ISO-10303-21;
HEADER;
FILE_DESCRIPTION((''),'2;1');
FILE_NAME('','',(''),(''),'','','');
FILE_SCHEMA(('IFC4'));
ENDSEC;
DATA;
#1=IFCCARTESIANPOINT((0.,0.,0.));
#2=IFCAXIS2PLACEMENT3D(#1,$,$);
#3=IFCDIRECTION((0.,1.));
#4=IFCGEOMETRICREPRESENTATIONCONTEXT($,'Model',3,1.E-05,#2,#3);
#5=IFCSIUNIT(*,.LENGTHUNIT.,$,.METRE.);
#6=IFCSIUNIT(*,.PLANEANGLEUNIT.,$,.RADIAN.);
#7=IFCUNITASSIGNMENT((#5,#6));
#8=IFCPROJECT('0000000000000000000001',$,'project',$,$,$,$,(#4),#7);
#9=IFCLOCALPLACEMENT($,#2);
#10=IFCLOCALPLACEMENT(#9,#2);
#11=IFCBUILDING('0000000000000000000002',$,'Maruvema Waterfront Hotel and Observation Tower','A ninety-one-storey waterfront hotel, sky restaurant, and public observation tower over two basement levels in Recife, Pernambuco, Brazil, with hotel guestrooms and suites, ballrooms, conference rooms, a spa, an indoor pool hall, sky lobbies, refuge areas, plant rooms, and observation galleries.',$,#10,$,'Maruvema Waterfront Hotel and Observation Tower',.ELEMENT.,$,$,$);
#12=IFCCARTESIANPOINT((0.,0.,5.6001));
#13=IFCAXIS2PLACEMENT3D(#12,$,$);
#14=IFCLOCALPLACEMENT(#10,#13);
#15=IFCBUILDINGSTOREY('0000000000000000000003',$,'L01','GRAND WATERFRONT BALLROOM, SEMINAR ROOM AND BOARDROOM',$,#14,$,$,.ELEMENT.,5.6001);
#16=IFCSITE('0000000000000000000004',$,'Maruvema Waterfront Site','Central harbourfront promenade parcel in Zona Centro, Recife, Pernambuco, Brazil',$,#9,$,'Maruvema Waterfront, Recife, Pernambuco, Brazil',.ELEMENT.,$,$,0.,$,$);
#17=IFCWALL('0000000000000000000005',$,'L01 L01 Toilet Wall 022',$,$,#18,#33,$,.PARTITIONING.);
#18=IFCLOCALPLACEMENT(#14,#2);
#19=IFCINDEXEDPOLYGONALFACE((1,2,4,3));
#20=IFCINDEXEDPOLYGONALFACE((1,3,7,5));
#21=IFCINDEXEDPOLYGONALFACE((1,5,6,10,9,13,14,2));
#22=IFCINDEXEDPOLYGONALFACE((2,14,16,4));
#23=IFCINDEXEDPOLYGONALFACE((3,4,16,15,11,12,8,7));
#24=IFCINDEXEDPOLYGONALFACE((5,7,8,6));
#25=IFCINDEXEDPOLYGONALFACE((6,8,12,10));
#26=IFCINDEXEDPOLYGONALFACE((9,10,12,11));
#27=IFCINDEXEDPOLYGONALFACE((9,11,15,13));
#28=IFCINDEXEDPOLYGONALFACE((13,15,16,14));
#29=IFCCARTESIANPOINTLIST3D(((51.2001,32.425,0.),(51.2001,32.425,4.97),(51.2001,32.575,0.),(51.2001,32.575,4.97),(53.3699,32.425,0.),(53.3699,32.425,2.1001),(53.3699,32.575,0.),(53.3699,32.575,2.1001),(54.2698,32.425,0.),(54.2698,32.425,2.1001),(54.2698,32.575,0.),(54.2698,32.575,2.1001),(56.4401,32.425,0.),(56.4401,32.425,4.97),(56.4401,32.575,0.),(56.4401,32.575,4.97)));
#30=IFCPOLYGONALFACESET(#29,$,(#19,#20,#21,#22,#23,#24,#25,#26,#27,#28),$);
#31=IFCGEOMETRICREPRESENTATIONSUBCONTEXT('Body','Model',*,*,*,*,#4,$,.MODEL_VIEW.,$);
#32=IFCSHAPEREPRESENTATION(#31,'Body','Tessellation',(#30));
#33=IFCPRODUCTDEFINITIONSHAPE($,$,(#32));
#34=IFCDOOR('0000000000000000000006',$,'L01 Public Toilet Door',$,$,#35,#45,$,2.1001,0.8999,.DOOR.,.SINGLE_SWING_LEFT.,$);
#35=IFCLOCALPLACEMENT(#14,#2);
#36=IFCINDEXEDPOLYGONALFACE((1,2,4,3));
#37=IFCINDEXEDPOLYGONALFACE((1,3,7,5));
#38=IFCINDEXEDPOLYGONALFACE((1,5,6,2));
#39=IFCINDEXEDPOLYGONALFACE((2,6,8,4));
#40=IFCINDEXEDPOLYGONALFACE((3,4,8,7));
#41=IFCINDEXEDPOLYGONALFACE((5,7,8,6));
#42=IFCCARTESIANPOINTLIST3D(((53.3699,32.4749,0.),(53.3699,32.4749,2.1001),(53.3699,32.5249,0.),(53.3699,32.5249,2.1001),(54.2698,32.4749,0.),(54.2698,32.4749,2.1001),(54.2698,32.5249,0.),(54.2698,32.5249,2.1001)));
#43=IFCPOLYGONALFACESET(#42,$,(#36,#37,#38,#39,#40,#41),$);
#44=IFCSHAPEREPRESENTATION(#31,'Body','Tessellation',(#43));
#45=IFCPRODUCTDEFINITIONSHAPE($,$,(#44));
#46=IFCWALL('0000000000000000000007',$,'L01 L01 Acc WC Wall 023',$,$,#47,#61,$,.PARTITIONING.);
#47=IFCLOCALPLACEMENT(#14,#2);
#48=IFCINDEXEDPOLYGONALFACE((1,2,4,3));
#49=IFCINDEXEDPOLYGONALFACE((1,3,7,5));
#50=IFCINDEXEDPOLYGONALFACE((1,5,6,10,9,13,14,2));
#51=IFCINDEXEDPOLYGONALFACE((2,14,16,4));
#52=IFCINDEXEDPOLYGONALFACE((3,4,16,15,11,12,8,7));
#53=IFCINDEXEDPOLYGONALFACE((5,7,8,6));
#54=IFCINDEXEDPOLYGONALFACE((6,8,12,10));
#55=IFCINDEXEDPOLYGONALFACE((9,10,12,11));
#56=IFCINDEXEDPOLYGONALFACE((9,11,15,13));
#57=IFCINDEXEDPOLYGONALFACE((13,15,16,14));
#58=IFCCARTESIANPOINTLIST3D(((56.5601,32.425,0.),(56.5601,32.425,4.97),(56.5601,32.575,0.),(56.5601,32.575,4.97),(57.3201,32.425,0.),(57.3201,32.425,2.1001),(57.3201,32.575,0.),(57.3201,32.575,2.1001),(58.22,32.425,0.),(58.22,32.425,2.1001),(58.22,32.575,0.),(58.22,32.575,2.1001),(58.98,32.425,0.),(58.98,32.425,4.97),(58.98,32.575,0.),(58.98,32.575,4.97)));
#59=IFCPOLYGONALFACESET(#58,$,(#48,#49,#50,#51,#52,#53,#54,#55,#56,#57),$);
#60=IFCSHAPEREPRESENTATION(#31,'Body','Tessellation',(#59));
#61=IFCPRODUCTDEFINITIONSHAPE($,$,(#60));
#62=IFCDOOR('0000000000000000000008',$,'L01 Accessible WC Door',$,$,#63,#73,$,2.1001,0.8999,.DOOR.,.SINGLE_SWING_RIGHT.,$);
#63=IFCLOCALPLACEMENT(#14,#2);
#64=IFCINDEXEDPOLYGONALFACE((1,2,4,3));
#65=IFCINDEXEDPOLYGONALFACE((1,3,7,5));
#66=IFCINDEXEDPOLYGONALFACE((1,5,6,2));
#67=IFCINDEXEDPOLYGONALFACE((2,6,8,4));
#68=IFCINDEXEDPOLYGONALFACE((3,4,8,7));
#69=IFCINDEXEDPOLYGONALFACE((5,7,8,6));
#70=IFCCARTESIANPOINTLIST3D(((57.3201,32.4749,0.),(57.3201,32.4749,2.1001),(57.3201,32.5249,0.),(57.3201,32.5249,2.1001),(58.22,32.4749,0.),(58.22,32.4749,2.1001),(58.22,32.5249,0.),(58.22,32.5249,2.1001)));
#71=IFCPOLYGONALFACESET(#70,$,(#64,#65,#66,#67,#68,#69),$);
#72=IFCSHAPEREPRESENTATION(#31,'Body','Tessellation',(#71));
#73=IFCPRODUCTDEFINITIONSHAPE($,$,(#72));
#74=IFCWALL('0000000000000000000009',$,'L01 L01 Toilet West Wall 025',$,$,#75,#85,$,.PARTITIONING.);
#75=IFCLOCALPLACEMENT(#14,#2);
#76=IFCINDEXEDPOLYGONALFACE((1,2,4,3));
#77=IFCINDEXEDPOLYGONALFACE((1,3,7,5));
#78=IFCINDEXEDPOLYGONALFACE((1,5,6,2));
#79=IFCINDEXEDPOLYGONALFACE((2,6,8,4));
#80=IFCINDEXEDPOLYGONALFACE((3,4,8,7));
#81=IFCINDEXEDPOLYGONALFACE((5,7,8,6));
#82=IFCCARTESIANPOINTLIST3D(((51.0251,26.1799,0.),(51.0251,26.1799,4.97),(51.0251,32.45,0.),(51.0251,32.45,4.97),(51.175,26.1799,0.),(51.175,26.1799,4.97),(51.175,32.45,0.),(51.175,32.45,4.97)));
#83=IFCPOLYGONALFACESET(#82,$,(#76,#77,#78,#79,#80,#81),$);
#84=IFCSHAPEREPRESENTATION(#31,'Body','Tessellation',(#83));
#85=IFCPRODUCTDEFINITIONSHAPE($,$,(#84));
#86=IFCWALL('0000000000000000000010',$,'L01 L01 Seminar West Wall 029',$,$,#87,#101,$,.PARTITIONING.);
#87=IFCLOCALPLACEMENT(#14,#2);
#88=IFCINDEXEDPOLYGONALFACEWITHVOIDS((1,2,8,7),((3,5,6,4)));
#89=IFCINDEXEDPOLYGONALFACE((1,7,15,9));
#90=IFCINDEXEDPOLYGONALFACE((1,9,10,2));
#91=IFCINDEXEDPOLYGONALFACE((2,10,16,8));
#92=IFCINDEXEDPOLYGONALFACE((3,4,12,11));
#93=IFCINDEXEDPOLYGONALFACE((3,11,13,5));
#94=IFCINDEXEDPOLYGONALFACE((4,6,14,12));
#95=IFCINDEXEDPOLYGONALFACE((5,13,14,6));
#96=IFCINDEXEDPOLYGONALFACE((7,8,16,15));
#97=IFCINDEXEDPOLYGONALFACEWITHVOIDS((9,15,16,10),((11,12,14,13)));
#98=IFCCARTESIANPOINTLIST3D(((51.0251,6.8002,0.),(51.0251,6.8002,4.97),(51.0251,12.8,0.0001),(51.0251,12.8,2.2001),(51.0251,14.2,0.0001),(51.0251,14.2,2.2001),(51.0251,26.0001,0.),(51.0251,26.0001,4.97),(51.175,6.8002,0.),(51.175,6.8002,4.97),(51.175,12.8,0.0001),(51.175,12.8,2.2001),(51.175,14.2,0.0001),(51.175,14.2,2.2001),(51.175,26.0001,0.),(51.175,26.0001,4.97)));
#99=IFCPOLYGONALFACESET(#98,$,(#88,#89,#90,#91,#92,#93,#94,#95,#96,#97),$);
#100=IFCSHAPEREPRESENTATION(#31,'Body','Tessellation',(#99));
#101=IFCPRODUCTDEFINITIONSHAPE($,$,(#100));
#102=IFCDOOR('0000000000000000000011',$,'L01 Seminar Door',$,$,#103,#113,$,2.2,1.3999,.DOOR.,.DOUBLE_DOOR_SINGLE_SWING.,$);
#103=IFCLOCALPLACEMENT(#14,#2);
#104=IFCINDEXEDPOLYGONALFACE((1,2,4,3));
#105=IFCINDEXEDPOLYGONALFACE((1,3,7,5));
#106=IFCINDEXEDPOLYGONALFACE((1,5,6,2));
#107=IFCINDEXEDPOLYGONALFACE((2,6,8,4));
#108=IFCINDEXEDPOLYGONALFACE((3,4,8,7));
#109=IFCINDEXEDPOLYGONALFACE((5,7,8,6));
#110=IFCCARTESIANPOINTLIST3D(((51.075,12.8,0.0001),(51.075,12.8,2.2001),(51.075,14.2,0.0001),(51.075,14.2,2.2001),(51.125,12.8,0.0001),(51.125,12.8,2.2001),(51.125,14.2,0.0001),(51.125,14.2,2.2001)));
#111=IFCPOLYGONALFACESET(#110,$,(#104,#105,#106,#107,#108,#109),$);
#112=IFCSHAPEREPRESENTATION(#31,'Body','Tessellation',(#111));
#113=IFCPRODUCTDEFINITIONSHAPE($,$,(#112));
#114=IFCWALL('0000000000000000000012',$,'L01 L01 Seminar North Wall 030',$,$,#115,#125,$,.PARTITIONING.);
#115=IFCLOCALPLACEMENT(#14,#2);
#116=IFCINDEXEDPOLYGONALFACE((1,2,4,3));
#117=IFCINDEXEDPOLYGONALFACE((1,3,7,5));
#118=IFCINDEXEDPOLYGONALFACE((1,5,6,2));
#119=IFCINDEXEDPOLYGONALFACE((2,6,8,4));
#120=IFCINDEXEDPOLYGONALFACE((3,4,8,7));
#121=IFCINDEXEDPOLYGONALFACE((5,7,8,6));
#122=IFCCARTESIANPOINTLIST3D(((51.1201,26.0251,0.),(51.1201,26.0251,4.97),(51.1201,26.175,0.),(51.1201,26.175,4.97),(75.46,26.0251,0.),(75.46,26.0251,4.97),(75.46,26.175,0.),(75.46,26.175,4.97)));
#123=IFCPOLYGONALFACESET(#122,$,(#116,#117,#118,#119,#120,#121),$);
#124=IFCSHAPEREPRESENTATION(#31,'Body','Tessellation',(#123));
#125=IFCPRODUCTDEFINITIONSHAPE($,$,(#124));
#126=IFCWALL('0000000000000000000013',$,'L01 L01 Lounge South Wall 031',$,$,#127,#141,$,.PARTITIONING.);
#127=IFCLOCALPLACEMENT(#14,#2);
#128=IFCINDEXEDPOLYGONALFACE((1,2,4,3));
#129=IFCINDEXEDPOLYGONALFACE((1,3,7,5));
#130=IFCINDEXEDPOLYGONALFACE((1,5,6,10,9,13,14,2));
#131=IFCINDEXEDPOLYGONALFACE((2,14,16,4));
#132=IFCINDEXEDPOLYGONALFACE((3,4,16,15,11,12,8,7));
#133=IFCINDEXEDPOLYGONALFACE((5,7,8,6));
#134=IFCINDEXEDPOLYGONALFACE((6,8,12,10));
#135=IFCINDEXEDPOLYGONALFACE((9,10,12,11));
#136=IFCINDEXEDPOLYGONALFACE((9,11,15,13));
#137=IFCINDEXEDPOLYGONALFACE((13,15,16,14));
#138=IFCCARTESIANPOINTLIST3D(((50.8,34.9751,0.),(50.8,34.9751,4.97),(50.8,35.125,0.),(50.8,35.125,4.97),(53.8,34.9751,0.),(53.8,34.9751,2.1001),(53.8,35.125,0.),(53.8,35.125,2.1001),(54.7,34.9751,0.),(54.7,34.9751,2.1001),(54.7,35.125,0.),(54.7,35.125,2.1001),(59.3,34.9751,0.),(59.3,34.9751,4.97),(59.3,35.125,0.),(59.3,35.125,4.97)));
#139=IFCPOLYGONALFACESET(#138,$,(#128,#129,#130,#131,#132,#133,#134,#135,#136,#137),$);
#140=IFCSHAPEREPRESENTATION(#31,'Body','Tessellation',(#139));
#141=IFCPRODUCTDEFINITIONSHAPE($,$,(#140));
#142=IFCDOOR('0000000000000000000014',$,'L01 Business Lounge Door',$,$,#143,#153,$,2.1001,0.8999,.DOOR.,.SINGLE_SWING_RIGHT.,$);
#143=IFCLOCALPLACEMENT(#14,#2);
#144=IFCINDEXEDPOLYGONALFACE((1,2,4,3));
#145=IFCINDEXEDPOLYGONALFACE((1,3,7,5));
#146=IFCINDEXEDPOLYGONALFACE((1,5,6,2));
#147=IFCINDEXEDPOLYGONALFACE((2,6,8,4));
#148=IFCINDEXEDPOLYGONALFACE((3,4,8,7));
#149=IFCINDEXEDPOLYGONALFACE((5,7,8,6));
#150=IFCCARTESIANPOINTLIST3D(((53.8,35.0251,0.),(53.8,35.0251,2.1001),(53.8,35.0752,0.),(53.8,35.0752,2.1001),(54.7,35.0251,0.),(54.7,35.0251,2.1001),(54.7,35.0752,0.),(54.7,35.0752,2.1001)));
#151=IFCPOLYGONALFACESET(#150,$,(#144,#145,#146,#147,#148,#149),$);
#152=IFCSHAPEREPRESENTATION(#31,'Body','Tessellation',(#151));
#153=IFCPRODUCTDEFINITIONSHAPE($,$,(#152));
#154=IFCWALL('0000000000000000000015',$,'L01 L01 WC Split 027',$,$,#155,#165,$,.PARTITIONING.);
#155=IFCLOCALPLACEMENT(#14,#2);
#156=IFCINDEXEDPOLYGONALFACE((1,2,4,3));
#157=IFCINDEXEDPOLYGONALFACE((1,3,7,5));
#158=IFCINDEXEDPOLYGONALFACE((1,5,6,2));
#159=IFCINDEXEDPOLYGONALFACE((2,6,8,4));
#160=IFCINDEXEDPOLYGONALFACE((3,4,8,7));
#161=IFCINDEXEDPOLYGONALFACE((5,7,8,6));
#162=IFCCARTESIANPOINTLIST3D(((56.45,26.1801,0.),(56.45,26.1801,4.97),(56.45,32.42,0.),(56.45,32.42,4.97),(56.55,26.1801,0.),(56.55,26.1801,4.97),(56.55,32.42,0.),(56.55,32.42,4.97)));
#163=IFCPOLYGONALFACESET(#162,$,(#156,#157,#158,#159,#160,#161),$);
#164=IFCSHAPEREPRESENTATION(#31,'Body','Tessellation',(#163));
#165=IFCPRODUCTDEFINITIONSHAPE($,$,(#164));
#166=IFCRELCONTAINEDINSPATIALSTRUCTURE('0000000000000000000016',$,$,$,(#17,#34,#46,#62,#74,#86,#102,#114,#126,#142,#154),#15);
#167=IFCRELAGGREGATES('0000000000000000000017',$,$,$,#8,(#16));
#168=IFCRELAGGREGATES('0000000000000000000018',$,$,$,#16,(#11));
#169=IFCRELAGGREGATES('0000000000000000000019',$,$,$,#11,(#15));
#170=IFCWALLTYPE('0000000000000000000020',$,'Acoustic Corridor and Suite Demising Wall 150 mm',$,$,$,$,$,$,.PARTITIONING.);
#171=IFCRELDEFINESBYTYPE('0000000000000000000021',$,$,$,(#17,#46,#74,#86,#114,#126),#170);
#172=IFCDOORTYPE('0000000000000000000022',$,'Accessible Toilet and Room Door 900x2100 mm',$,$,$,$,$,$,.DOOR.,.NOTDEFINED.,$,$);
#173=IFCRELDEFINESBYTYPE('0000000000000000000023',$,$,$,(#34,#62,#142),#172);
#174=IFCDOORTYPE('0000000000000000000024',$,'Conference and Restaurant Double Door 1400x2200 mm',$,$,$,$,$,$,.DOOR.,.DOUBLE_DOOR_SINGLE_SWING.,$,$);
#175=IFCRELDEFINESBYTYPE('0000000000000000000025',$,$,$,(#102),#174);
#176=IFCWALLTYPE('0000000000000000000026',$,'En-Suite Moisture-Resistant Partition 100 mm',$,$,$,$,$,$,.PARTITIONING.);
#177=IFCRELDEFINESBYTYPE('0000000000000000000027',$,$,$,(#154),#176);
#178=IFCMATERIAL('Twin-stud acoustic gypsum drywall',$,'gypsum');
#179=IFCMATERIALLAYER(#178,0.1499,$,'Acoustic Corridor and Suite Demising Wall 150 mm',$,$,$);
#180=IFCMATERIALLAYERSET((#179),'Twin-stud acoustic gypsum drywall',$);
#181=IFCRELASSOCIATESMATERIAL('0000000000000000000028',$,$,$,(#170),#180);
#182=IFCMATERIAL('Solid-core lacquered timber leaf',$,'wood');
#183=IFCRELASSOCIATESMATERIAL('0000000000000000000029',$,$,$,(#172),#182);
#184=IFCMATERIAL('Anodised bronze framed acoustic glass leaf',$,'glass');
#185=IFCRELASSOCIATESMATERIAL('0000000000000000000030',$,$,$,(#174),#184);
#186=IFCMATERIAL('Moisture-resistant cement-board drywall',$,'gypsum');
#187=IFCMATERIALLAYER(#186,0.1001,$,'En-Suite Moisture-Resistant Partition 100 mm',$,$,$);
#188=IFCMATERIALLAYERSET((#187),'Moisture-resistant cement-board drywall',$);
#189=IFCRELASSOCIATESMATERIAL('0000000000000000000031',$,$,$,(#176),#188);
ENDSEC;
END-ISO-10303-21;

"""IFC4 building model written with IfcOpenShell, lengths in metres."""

from ifc_helpers import new_model, si_unit, direction, frame, frame_2d, origin, place, context, subcontext, project, spatial, rectangle, extrude, material, layer, layer_set, type_object, element, fill, save


model = new_model("IFC4")

# Units and contexts
model_context = context("Model", 3, precision=1e-05, world=origin(), true_north=direction((0.0, 1.0)))
body_context = subcontext(model_context, "Body", "Model", "MODEL_VIEW")
ifc_project = project(units=[si_unit("LENGTHUNIT", "METRE"), si_unit("PLANEANGLEUNIT", "RADIAN")], contexts=[model_context])

# Site, building, storey
site_placement = place(None, origin())
site = spatial("IfcSite", under=ifc_project, at=site_placement, Name="Maruvema Waterfront Site", Description="Central harbourfront promenade parcel in Zona Centro, Recife, Pernambuco, Brazil", LongName="Maruvema Waterfront, Recife, Pernambuco, Brazil", CompositionType="ELEMENT", RefElevation=0.0)
building_placement = place(site_placement, origin())
building = spatial("IfcBuilding", under=site, at=building_placement, Name="Maruvema Waterfront Hotel and Observation Tower", Description="A ninety-one-storey waterfront hotel, sky restaurant, and public observation tower over two basement levels in Recife, Pernambuco, Brazil, with hotel guestrooms and suites, ballrooms, conference rooms, a spa, an indoor pool hall, sky lobbies, refuge areas, plant rooms, and observation galleries.", LongName="Maruvema Waterfront Hotel and Observation Tower", CompositionType="ELEMENT")
storey_placement = place(building_placement, frame((0.0, 0.0, 5.6001)))
storey = spatial("IfcBuildingStorey", under=building, at=storey_placement, Name="L01", Description="GRAND WATERFRONT BALLROOM, SEMINAR ROOM AND BOARDROOM", CompositionType="ELEMENT", Elevation=5.6001)

# Walls, openings, doors
ifc_material_1 = material(Name="Twin-stud acoustic gypsum drywall", Category="gypsum")
ifc_layer_1 = layer(ifc_material_1, 0.1499, Name="Acoustic Corridor and Suite Demising Wall 150 mm")
ifc_layer_set_1 = layer_set([ifc_layer_1], Name="Twin-stud acoustic gypsum drywall")
wall_type_1 = type_object("IfcWallType", Name="Acoustic Corridor and Suite Demising Wall 150 mm", PredefinedType="PARTITIONING", material=ifc_layer_set_1)
wall_1_placement = place(storey_placement, frame((51.2, 32.5, 0.0), z_axis=(0.0, 0.0, 1.0), x_axis=(1.0, 0.0, 0.0)))
wall_1 = element("IfcWall", 1, at=wall_1_placement, inside=storey, type_object=wall_type_1, Name="L01 L01 Toilet Wall 022", PredefinedType="PARTITIONING", context=body_context, shape_type="SweptSolid", body=[
    extrude(rectangle(XDim=5.24, YDim=0.1499, at=frame_2d((2.6201, 0.0))), origin(), (0.0, 0.0, 1.0), 4.97),
])
opening_1_placement = place(wall_1_placement, frame((2.1699, 0.0, 0.0)))
opening_1 = element("IfcOpeningElement", 2, at=opening_1_placement, cuts=wall_1, PredefinedType="OPENING", context=body_context, shape_type="SweptSolid", body=[
    extrude(rectangle(XDim=0.8999, YDim=2.1001, at=frame_2d((0.45, 1.05))), frame((0.0, 0.085, 0.0), z_axis=(0.0, -1.0, 0.0), x_axis=(1.0, 0.0, 0.0)), (0.0, 0.0, 1.0), 0.1699),
])
ifc_material_2 = material(Name="Solid-core lacquered timber leaf", Category="wood")
door_type_1 = type_object("IfcDoorType", Name="Accessible Toilet and Room Door 900x2100 mm", OperationType="NOTDEFINED", PredefinedType="DOOR", material=ifc_material_2)
door_1_placement = place(opening_1_placement, origin())
door_1 = element("IfcDoor", 3, at=door_1_placement, inside=storey, type_object=door_type_1, Name="L01 Public Toilet Door", OperationType="SINGLE_SWING_LEFT", OverallHeight=2.1001, OverallWidth=0.8999, PredefinedType="DOOR", context=body_context, shape_type="SweptSolid", body=[
    extrude(rectangle(XDim=0.8999, YDim=2.1001, at=frame_2d((0.45, 1.05))), frame((0.0, 0.0249, 0.0), z_axis=(0.0, -1.0, 0.0), x_axis=(1.0, 0.0, 0.0)), (0.0, 0.0, 1.0), 0.05),
])
fill(opening_1, door_1)
wall_2_placement = place(storey_placement, frame((56.5601, 32.5, 0.0), z_axis=(0.0, 0.0, 1.0), x_axis=(1.0, 0.0, 0.0)))
wall_2 = element("IfcWall", 4, at=wall_2_placement, inside=storey, type_object=wall_type_1, Name="L01 L01 Acc WC Wall 023", PredefinedType="PARTITIONING", context=body_context, shape_type="SweptSolid", body=[
    extrude(rectangle(XDim=2.4199, YDim=0.1499, at=frame_2d((1.21, 0.0))), origin(), (0.0, 0.0, 1.0), 4.97),
])
opening_2_placement = place(wall_2_placement, frame((0.76, 0.0, 0.0)))
opening_2 = element("IfcOpeningElement", 5, at=opening_2_placement, cuts=wall_2, PredefinedType="OPENING", context=body_context, shape_type="SweptSolid", body=[
    extrude(rectangle(XDim=0.8999, YDim=2.1001, at=frame_2d((0.45, 1.05))), frame((0.0, 0.085, 0.0), z_axis=(0.0, -1.0, 0.0), x_axis=(1.0, 0.0, 0.0)), (0.0, 0.0, 1.0), 0.1699),
])
door_2_placement = place(opening_2_placement, origin())
door_2 = element("IfcDoor", 6, at=door_2_placement, inside=storey, type_object=door_type_1, Name="L01 Accessible WC Door", OperationType="SINGLE_SWING_RIGHT", OverallHeight=2.1001, OverallWidth=0.8999, PredefinedType="DOOR", context=body_context, shape_type="SweptSolid", body=[
    extrude(rectangle(XDim=0.8999, YDim=2.1001, at=frame_2d((0.45, 1.05))), frame((0.0, 0.0249, 0.0), z_axis=(0.0, -1.0, 0.0), x_axis=(1.0, 0.0, 0.0)), (0.0, 0.0, 1.0), 0.05),
])
fill(opening_2, door_2)

# Wall
wall_3_placement = place(storey_placement, frame((51.1001, 26.1799, 0.0), z_axis=(0.0, 0.0, 1.0), x_axis=(0.0, 1.0, 0.0)))
element("IfcWall", 7, at=wall_3_placement, inside=storey, type_object=wall_type_1, Name="L01 L01 Toilet West Wall 025", PredefinedType="PARTITIONING", context=body_context, shape_type="SweptSolid", body=[
    extrude(rectangle(XDim=6.27, YDim=0.1499, at=frame_2d((3.135, 0.0))), origin(), (0.0, 0.0, 1.0), 4.97),
])

# Wall, opening, door
wall_4_placement = place(storey_placement, frame((51.1001, 6.8, 0.0), z_axis=(0.0, 0.0, 1.0), x_axis=(0.0, 1.0, 0.0)))
wall_4 = element("IfcWall", 8, at=wall_4_placement, inside=storey, type_object=wall_type_1, Name="L01 L01 Seminar West Wall 029", PredefinedType="PARTITIONING", context=body_context, shape_type="SweptSolid", body=[
    extrude(rectangle(XDim=19.2, YDim=0.1499, at=frame_2d((9.6001, 0.0))), origin(), (0.0, 0.0, 1.0), 4.97),
])
opening_3_placement = place(wall_4_placement, frame((6.0, 0.0, 0.0)))
opening_3 = element("IfcOpeningElement", 9, at=opening_3_placement, cuts=wall_4, PredefinedType="OPENING", context=body_context, shape_type="SweptSolid", body=[
    extrude(rectangle(XDim=1.3999, YDim=2.2, at=frame_2d((0.7, 1.1001))), frame((0.0, 0.085, 0.0), z_axis=(0.0, -1.0, 0.0), x_axis=(1.0, 0.0, 0.0)), (0.0, 0.0, 1.0), 0.1699),
])
ifc_material_3 = material(Name="Anodised bronze framed acoustic glass leaf", Category="glass")
door_type_2 = type_object("IfcDoorType", Name="Conference and Restaurant Double Door 1400x2200 mm", OperationType="DOUBLE_DOOR_SINGLE_SWING", PredefinedType="DOOR", material=ifc_material_3)
door_3_placement = place(opening_3_placement, frame((1.3999, 0.0, 0.0), z_axis=(0.0, 0.0, 1.0), x_axis=(-1.0, 0.0, 0.0)))
door_3 = element("IfcDoor", 10, at=door_3_placement, inside=storey, type_object=door_type_2, Name="L01 Seminar Door", OperationType="DOUBLE_DOOR_SINGLE_SWING", OverallHeight=2.2, OverallWidth=1.3999, PredefinedType="DOOR", context=body_context, shape_type="SweptSolid", body=[
    extrude(rectangle(XDim=1.3999, YDim=2.2, at=frame_2d((0.7, 1.1001))), frame((0.0, 0.0249, 0.0), z_axis=(0.0, -1.0, 0.0), x_axis=(1.0, 0.0, 0.0)), (0.0, 0.0, 1.0), 0.05),
])
fill(opening_3, door_3)

# Wall
wall_5_placement = place(storey_placement, frame((51.1201, 26.1001, 0.0), z_axis=(0.0, 0.0, 1.0), x_axis=(1.0, 0.0, 0.0)))
element("IfcWall", 11, at=wall_5_placement, inside=storey, type_object=wall_type_1, Name="L01 L01 Seminar North Wall 030", PredefinedType="PARTITIONING", context=body_context, shape_type="SweptSolid", body=[
    extrude(rectangle(XDim=24.3398, YDim=0.1499, at=frame_2d((12.1699, 0.0))), origin(), (0.0, 0.0, 1.0), 4.97),
])

# Wall, opening, door
wall_6_placement = place(storey_placement, frame((50.8, 35.05, 0.0), z_axis=(0.0, 0.0, 1.0), x_axis=(1.0, 0.0, 0.0)))
wall_6 = element("IfcWall", 12, at=wall_6_placement, inside=storey, type_object=wall_type_1, Name="L01 L01 Lounge South Wall 031", PredefinedType="PARTITIONING", context=body_context, shape_type="SweptSolid", body=[
    extrude(rectangle(XDim=8.5, YDim=0.1499, at=frame_2d((4.25, 0.0))), origin(), (0.0, 0.0, 1.0), 4.97),
])
opening_4_placement = place(wall_6_placement, frame((3.0, 0.0, 0.0)))
opening_4 = element("IfcOpeningElement", 13, at=opening_4_placement, cuts=wall_6, PredefinedType="OPENING", context=body_context, shape_type="SweptSolid", body=[
    extrude(rectangle(XDim=0.8999, YDim=2.1001, at=frame_2d((0.45, 1.05))), frame((0.0, 0.085, 0.0), z_axis=(0.0, -1.0, 0.0), x_axis=(1.0, 0.0, 0.0)), (0.0, 0.0, 1.0), 0.1699),
])
door_4_placement = place(opening_4_placement, frame((0.8999, 0.0, 0.0), z_axis=(0.0, 0.0, 1.0), x_axis=(-1.0, 0.0, 0.0)))
door_4 = element("IfcDoor", 14, at=door_4_placement, inside=storey, type_object=door_type_1, Name="L01 Business Lounge Door", OperationType="SINGLE_SWING_RIGHT", OverallHeight=2.1001, OverallWidth=0.8999, PredefinedType="DOOR", context=body_context, shape_type="SweptSolid", body=[
    extrude(rectangle(XDim=0.8999, YDim=2.1001, at=frame_2d((0.45, 1.05))), frame((0.0, 0.0249, 0.0), z_axis=(0.0, -1.0, 0.0), x_axis=(1.0, 0.0, 0.0)), (0.0, 0.0, 1.0), 0.05),
])
fill(opening_4, door_4)

# Wall
ifc_material_4 = material(Name="Moisture-resistant cement-board drywall", Category="gypsum")
ifc_layer_2 = layer(ifc_material_4, 0.1001, Name="En-Suite Moisture-Resistant Partition 100 mm")
ifc_layer_set_2 = layer_set([ifc_layer_2], Name="Moisture-resistant cement-board drywall")
wall_type_2 = type_object("IfcWallType", Name="En-Suite Moisture-Resistant Partition 100 mm", PredefinedType="PARTITIONING", material=ifc_layer_set_2)
wall_7_placement = place(storey_placement, frame((56.5, 26.1799, 0.0), z_axis=(0.0, 0.0, 1.0), x_axis=(0.0, 1.0, 0.0)))
element("IfcWall", 15, at=wall_7_placement, inside=storey, type_object=wall_type_2, Name="L01 L01 WC Split 027", PredefinedType="PARTITIONING", context=body_context, shape_type="SweptSolid", body=[
    extrude(rectangle(XDim=6.24, YDim=0.1001, at=frame_2d((3.1201, 0.0))), origin(), (0.0, 0.0, 1.0), 4.97),
])

save(model, "model.ifc")
